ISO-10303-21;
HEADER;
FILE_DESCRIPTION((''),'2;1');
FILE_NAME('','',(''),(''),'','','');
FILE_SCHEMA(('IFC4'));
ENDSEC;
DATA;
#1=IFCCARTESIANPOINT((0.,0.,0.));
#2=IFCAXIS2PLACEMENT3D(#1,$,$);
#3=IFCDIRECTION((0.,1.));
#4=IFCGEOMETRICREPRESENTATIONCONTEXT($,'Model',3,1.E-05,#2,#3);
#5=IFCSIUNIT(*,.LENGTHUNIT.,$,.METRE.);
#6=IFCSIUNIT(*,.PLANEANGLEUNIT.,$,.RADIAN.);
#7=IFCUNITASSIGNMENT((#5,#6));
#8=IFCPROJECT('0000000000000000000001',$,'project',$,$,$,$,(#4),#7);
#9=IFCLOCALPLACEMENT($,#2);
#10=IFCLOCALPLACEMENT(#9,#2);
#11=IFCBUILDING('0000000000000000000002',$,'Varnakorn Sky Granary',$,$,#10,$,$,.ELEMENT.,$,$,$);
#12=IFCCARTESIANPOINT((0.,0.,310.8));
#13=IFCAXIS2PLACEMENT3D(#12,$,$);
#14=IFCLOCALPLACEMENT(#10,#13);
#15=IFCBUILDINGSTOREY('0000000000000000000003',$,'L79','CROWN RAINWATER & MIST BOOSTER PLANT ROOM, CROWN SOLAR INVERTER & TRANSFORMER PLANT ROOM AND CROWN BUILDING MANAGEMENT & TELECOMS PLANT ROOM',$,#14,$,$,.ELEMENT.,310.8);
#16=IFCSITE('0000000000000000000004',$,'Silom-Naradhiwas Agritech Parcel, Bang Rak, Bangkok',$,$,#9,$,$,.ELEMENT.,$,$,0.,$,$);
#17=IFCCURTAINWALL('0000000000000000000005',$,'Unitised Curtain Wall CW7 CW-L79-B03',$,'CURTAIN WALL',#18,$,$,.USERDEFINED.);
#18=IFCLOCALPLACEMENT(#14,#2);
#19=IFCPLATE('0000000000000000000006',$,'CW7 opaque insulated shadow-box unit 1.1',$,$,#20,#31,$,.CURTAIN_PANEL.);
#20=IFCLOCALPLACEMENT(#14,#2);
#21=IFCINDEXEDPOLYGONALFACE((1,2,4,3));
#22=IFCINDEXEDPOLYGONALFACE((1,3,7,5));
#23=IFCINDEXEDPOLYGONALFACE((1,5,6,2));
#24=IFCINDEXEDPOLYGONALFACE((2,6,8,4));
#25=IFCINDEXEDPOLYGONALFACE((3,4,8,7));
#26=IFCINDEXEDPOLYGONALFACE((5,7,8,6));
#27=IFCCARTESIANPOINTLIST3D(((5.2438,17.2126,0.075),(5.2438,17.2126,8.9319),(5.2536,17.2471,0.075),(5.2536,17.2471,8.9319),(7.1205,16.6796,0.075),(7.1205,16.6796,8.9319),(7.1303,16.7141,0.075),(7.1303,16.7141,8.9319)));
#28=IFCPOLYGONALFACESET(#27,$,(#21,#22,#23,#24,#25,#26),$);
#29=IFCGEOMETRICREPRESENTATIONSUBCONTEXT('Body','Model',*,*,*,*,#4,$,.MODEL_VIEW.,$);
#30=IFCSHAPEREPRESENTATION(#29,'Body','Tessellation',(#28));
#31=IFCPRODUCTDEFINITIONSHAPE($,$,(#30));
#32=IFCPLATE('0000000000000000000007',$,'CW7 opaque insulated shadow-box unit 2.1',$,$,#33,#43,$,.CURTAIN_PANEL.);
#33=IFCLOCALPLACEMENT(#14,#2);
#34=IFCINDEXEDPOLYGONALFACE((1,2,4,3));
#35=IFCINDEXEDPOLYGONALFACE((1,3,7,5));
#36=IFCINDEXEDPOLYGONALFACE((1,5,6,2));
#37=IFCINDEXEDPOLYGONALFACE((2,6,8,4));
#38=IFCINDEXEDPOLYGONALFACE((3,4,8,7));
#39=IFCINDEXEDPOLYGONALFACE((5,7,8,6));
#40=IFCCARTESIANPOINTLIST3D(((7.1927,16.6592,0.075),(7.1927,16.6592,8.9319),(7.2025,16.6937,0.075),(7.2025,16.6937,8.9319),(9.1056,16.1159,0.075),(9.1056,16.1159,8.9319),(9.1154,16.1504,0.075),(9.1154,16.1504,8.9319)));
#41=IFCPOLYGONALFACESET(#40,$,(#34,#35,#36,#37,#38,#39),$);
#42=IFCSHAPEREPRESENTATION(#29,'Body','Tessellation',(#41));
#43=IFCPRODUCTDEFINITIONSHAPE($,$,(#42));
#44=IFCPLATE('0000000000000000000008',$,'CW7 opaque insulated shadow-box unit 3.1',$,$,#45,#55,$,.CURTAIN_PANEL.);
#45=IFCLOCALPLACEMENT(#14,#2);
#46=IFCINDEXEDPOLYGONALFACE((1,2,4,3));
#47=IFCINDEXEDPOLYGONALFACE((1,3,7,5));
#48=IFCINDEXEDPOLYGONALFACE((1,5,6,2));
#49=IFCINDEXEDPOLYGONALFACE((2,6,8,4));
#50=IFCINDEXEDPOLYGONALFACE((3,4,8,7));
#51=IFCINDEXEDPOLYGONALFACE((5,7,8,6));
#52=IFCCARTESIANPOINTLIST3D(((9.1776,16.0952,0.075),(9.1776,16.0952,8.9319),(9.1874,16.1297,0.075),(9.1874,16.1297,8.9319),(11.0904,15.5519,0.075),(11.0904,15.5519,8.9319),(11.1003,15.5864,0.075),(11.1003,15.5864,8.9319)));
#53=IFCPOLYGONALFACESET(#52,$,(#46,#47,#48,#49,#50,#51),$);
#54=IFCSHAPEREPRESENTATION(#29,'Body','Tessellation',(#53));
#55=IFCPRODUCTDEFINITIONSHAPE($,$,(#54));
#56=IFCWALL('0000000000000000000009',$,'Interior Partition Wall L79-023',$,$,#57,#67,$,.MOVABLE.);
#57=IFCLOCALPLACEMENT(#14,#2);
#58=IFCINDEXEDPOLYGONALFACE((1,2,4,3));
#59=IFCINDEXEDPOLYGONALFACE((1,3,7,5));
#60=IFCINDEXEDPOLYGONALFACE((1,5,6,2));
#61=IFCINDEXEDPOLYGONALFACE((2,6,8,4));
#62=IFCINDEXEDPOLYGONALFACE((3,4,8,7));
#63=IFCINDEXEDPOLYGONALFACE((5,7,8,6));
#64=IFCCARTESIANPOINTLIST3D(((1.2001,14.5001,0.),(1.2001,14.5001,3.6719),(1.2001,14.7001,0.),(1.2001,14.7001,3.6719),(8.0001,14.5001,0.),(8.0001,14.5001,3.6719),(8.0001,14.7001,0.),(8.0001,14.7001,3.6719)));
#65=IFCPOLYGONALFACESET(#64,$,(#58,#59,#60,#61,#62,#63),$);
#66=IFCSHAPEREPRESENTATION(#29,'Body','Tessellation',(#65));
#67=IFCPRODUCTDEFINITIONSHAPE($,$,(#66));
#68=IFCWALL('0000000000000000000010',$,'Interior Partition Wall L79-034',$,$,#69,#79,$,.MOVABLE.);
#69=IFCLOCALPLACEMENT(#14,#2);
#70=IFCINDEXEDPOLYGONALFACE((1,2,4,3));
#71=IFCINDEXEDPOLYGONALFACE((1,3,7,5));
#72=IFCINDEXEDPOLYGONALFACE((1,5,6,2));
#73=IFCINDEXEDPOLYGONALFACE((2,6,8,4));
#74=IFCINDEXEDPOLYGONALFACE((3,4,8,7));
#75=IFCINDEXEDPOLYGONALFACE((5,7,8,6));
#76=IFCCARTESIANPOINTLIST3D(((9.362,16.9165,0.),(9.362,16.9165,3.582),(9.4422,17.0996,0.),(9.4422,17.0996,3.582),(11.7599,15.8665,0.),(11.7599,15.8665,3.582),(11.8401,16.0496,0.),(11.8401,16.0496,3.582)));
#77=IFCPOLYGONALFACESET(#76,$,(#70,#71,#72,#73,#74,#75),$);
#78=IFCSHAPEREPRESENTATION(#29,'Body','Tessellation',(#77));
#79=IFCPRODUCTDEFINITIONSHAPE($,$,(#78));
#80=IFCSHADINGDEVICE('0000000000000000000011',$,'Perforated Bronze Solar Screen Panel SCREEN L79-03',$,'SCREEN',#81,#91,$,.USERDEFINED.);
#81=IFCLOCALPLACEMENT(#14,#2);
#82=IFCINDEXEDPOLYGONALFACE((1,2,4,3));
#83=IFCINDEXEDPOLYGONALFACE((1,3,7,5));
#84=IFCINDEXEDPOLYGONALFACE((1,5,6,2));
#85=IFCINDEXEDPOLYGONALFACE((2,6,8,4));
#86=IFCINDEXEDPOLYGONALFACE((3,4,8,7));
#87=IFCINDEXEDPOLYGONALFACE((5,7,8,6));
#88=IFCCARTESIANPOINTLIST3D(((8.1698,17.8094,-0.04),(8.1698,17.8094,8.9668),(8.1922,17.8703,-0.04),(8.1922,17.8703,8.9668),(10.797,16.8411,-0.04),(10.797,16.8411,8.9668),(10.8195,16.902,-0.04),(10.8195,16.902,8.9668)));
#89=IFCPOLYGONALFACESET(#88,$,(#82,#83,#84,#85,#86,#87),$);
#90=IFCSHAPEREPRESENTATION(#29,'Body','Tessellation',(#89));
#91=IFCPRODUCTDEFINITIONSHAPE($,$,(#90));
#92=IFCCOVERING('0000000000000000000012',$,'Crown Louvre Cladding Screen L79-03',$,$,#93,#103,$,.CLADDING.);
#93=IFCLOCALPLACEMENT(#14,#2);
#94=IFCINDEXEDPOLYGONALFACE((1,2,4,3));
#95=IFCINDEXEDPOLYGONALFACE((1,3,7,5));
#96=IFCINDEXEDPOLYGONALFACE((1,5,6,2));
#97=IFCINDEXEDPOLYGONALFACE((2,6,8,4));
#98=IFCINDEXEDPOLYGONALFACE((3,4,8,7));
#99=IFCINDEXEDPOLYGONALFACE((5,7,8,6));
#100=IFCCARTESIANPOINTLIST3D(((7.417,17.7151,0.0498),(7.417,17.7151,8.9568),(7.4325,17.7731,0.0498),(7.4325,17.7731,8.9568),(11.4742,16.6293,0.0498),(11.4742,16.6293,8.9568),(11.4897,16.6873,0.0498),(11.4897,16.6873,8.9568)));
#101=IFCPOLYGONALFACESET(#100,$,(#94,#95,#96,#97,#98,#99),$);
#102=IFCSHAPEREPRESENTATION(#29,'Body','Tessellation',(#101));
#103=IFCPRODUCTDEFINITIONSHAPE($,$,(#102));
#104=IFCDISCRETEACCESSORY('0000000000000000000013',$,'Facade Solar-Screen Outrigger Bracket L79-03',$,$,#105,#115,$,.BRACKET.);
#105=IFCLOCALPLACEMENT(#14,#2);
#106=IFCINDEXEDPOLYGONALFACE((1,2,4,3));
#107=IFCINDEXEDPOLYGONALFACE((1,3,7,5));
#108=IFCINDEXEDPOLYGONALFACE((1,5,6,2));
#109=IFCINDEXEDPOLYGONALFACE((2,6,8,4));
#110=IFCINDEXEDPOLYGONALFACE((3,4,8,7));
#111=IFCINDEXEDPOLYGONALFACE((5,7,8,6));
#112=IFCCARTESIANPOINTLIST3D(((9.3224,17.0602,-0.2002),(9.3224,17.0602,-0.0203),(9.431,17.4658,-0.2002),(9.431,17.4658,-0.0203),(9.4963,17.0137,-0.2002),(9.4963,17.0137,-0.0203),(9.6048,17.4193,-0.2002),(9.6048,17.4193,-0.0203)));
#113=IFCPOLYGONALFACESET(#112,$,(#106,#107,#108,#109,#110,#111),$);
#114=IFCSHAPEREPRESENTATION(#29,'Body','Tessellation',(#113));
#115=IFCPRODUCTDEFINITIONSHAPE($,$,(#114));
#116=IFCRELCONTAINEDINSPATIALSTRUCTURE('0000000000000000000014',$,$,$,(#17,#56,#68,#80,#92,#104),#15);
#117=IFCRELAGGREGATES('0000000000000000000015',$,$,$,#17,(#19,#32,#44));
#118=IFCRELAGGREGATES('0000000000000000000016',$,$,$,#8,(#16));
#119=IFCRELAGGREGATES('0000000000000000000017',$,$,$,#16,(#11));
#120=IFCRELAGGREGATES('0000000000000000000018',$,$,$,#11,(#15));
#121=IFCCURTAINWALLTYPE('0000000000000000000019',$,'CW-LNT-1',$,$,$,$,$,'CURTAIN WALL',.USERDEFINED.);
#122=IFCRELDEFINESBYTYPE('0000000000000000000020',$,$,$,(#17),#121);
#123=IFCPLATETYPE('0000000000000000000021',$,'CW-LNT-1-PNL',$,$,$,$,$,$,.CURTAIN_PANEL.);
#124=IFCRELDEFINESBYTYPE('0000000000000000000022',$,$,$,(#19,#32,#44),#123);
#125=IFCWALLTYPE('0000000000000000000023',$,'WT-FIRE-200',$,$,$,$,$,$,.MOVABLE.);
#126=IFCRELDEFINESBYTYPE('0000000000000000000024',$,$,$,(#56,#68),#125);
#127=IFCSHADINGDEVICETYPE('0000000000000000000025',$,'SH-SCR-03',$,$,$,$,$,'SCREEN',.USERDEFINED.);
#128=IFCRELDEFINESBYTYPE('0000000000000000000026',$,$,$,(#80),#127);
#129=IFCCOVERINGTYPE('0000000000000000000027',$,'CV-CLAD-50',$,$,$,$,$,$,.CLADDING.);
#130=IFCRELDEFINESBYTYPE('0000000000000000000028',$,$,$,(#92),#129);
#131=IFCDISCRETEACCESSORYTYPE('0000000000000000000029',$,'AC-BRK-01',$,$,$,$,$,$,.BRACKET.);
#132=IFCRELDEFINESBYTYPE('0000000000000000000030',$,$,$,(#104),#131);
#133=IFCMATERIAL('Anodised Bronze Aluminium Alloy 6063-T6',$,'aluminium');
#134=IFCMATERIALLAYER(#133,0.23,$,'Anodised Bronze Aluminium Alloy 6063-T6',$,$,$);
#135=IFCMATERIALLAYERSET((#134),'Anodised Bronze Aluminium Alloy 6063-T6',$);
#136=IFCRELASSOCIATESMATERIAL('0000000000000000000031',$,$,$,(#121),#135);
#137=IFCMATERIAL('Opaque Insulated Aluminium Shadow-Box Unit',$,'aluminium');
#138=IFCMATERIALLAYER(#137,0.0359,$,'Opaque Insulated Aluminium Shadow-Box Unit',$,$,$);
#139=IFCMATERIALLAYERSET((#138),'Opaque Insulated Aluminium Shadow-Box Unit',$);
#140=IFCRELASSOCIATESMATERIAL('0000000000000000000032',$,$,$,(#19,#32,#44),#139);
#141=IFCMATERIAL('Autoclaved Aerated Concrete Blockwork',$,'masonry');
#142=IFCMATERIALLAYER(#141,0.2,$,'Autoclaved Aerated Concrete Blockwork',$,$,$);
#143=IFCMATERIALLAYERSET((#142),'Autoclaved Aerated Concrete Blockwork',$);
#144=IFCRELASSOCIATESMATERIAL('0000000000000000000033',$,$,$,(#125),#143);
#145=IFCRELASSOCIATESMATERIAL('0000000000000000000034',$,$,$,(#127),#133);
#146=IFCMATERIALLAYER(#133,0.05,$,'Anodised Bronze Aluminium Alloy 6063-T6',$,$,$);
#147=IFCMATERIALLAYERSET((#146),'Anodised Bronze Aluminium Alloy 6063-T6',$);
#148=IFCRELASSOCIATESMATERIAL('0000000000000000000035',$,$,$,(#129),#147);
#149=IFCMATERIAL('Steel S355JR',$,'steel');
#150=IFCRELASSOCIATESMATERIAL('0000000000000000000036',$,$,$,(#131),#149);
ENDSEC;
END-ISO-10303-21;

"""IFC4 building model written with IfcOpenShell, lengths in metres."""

from ifc_helpers import new_model, si_unit, direction, frame, frame_2d, origin, origin_2d, place, context, subcontext, project, spatial, rectangle, extrude, source, transform, mapped, material, layer, layer_set, type_object, type_shapes, element, aggregate, save


model = new_model("IFC4")

# Units and contexts
model_context = context("Model", 3, precision=1e-05, world=origin(), true_north=direction((0.0, 1.0)))
body_context = subcontext(model_context, "Body", "Model", "MODEL_VIEW")
ifc_project = project(units=[si_unit("LENGTHUNIT", "METRE"), si_unit("PLANEANGLEUNIT", "RADIAN")], contexts=[model_context])

# Site, building, storey
site_placement = place(None, origin())
site = spatial("IfcSite", under=ifc_project, at=site_placement, Name="Silom-Naradhiwas Agritech Parcel, Bang Rak, Bangkok", CompositionType="ELEMENT", RefElevation=0.0)
building_placement = place(site_placement, origin())
building = spatial("IfcBuilding", under=site, at=building_placement, Name="Varnakorn Sky Granary", CompositionType="ELEMENT")
storey_placement = place(building_placement, frame((0.0, 0.0, 310.8)))
storey = spatial("IfcBuildingStorey", under=building, at=storey_placement, Name="L79", Description="CROWN RAINWATER & MIST BOOSTER PLANT ROOM, CROWN SOLAR INVERTER & TRANSFORMER PLANT ROOM AND CROWN BUILDING MANAGEMENT & TELECOMS PLANT ROOM", CompositionType="ELEMENT", Elevation=310.8)

# Shared definitions
ifc_material_1 = material(Name="Steel S355JR", Category="steel")

# Curtain wall
ifc_material_2 = material(Name="Anodised Bronze Aluminium Alloy 6063-T6", Category="aluminium")
ifc_layer_1 = layer(ifc_material_2, 0.23, Name="Anodised Bronze Aluminium Alloy 6063-T6")
ifc_layer_set_1 = layer_set([ifc_layer_1], Name="Anodised Bronze Aluminium Alloy 6063-T6")
curtain_wall_type = type_object("IfcCurtainWallType", Name="CW-LNT-1", ElementType="CURTAIN WALL", PredefinedType="USERDEFINED", material=ifc_layer_set_1)
curtain_wall_placement = place(storey_placement, origin())
curtain_wall = element("IfcCurtainWall", 1, at=curtain_wall_placement, inside=storey, type_object=curtain_wall_type, Name="Unitised Curtain Wall CW7 CW-L79-B03", ObjectType="CURTAIN WALL", PredefinedType="USERDEFINED")

# Plates
ifc_material_3 = material(Name="Opaque Insulated Aluminium Shadow-Box Unit", Category="aluminium")
ifc_layer_2 = layer(ifc_material_3, 0.0359, Name="Opaque Insulated Aluminium Shadow-Box Unit")
ifc_layer_set_2 = layer_set([ifc_layer_2], Name="Opaque Insulated Aluminium Shadow-Box Unit")
plate_type = type_object("IfcPlateType", Name="CW-LNT-1-PNL", PredefinedType="CURTAIN_PANEL")
shared_shape_1 = source(origin(), body_context, "Body", "SweptSolid", [
    extrude(rectangle(XDim=1.9509, YDim=0.0359, at=origin_2d()), origin(), (0.0, 0.0, 1.0), 8.8569),
])
plate_1_placement = place(storey_placement, frame((6.187, 16.9634, 0.075), z_axis=(0.0, 0.0, 1.0), x_axis=(0.961955, -0.273207, 0.0)))
plate_1 = element("IfcPlate", 2, at=plate_1_placement, type_object=plate_type, material=ifc_layer_set_2, Name="CW7 opaque insulated shadow-box unit 1.1", PredefinedType="CURTAIN_PANEL", context=body_context, shape_type="MappedRepresentation", body=[
    mapped(shared_shape_1, transform((0.0, 0.0, 0.0), x_axis=(1.0, 0.0, 0.0), y_axis=(0.0, 1.0, 0.0), z_axis=(0.0, 0.0, 1.0), scale=1.0)),
])
shared_shape_2 = source(origin(), body_context, "Body", "SweptSolid", [
    extrude(rectangle(XDim=1.9885, YDim=0.0359, at=origin_2d()), origin(), (0.0, 0.0, 1.0), 8.8569),
])
type_shapes(plate_type, [shared_shape_1, shared_shape_2])
plate_2_placement = place(storey_placement, frame((8.1541, 16.4048, 0.075), z_axis=(0.0, 0.0, 1.0), x_axis=(0.961955, -0.273207, 0.0)))
plate_2 = element("IfcPlate", 3, at=plate_2_placement, type_object=plate_type, material=ifc_layer_set_2, Name="CW7 opaque insulated shadow-box unit 2.1", PredefinedType="CURTAIN_PANEL", context=body_context, shape_type="MappedRepresentation", body=[
    mapped(shared_shape_2, transform((0.0, 0.0, 0.0), x_axis=(1.0, 0.0, 0.0), y_axis=(0.0, 1.0, 0.0), z_axis=(0.0, 0.0, 1.0), scale=1.0)),
])
plate_3_placement = place(storey_placement, frame((10.1389, 15.8408, 0.075), z_axis=(0.0, 0.0, 1.0), x_axis=(0.961955, -0.273207, 0.0)))
plate_3 = element("IfcPlate", 4, at=plate_3_placement, type_object=plate_type, material=ifc_layer_set_2, Name="CW7 opaque insulated shadow-box unit 3.1", PredefinedType="CURTAIN_PANEL", context=body_context, shape_type="MappedRepresentation", body=[
    mapped(shared_shape_2, transform((0.0, 0.0, 0.0), x_axis=(1.0, 0.0, 0.0), y_axis=(0.0, 1.0, 0.0), z_axis=(0.0, 0.0, 1.0), scale=1.0)),
])
aggregate(curtain_wall, [plate_1, plate_2, plate_3])

# Walls
ifc_material_4 = material(Name="Autoclaved Aerated Concrete Blockwork", Category="masonry")
ifc_layer_3 = layer(ifc_material_4, 0.2, Name="Autoclaved Aerated Concrete Blockwork")
ifc_layer_set_3 = layer_set([ifc_layer_3], Name="Autoclaved Aerated Concrete Blockwork")
wall_type = type_object("IfcWallType", Name="WT-FIRE-200", PredefinedType="MOVABLE", material=ifc_layer_set_3)
wall_1_placement = place(storey_placement, frame((8.0, 14.6001, 0.0), z_axis=(0.0, 0.0, 1.0), x_axis=(-1.0, 0.0, 0.0)))
element("IfcWall", 5, at=wall_1_placement, inside=storey, type_object=wall_type, Name="Interior Partition Wall L79-023", PredefinedType="MOVABLE", context=body_context, shape_type="SweptSolid", body=[
    extrude(rectangle(XDim=6.8, YDim=0.2, at=frame_2d((3.3999, 0.0))), origin(), (0.0, 0.0, 1.0), 3.6719),
])
wall_2_placement = place(storey_placement, frame((9.4021, 17.0081, 0.0), z_axis=(0.0, 0.0, 1.0), x_axis=(0.916025, -0.401122, 0.0)))
element("IfcWall", 6, at=wall_2_placement, inside=storey, type_object=wall_type, Name="Interior Partition Wall L79-034", PredefinedType="MOVABLE", context=body_context, shape_type="SweptSolid", body=[
    extrude(rectangle(XDim=2.6177, YDim=0.2, at=frame_2d((1.3088, 0.0))), origin(), (0.0, 0.0, 1.0), 3.582),
])

# Shading device
shading_device_type = type_object("IfcShadingDeviceType", Name="SH-SCR-03", ElementType="SCREEN", PredefinedType="USERDEFINED", material=ifc_material_2)
shared_shape_3 = source(origin(), body_context, "Body", "SweptSolid", [
    extrude(rectangle(XDim=2.8, YDim=0.0649, at=origin_2d()), origin(), (0.0, 0.0, 1.0), 9.0068),
])
type_shapes(shading_device_type, [shared_shape_3])
shading_device_placement = place(storey_placement, frame((9.4946, 17.3557, -0.04), z_axis=(0.0, 0.0, 1.0), x_axis=(-0.938298, 0.345829, 0.0)))
element("IfcShadingDevice", 7, at=shading_device_placement, inside=storey, type_object=shading_device_type, Name="Perforated Bronze Solar Screen Panel SCREEN L79-03", ObjectType="SCREEN", PredefinedType="USERDEFINED", context=body_context, shape_type="MappedRepresentation", body=[
    mapped(shared_shape_3, transform((0.0, 0.0, 0.0), x_axis=(1.0, 0.0, 0.0), y_axis=(0.0, 1.0, 0.0), z_axis=(0.0, 0.0, 1.0), scale=1.0)),
])

# Covering
ifc_layer_4 = layer(ifc_material_2, 0.05, Name="Anodised Bronze Aluminium Alloy 6063-T6")
ifc_layer_set_4 = layer_set([ifc_layer_4], Name="Anodised Bronze Aluminium Alloy 6063-T6")
covering_type = type_object("IfcCoveringType", Name="CV-CLAD-50", PredefinedType="CLADDING", material=ifc_layer_set_4)
shared_shape_4 = source(origin(), body_context, "Body", "SweptSolid", [
    extrude(rectangle(XDim=4.2, YDim=0.0601, at=origin_2d()), origin(), (0.0, 0.0, 1.0), 8.907),
])
type_shapes(covering_type, [shared_shape_4])
covering_placement = place(storey_placement, frame((9.4534, 17.2012, 0.0498), z_axis=(0.0, 0.0, 1.0), x_axis=(-0.966005, 0.258522, 0.0)))
element("IfcCovering", 8, at=covering_placement, inside=storey, type_object=covering_type, Name="Crown Louvre Cladding Screen L79-03", PredefinedType="CLADDING", context=body_context, shape_type="MappedRepresentation", body=[
    mapped(shared_shape_4, transform((0.0, 0.0, 0.0), x_axis=(1.0, 0.0, 0.0), y_axis=(0.0, 1.0, 0.0), z_axis=(0.0, 0.0, 1.0), scale=1.0)),
])

# Discrete accessory
discrete_accessory_type = type_object("IfcDiscreteAccessoryType", Name="AC-BRK-01", PredefinedType="BRACKET", material=ifc_material_1)
shared_shape_5 = source(origin(), body_context, "Body", "SweptSolid", [
    extrude(rectangle(XDim=0.1799, YDim=0.4199, at=origin_2d()), origin(), (0.0, 0.0, 1.0), 0.1799),
])
type_shapes(discrete_accessory_type, [shared_shape_5])
discrete_accessory_placement = place(storey_placement, frame((9.4636, 17.2397, -0.2002), z_axis=(0.0, 0.0, 1.0), x_axis=(-0.966005, 0.258522, 0.0)))
element("IfcDiscreteAccessory", 9, at=discrete_accessory_placement, inside=storey, type_object=discrete_accessory_type, Name="Facade Solar-Screen Outrigger Bracket L79-03", PredefinedType="BRACKET", context=body_context, shape_type="MappedRepresentation", body=[
    mapped(shared_shape_5, transform((0.0, 0.0, 0.0), x_axis=(1.0, 0.0, 0.0), y_axis=(0.0, 1.0, 0.0), z_axis=(0.0, 0.0, 1.0), scale=1.0)),
])

save(model, "model.ifc")
